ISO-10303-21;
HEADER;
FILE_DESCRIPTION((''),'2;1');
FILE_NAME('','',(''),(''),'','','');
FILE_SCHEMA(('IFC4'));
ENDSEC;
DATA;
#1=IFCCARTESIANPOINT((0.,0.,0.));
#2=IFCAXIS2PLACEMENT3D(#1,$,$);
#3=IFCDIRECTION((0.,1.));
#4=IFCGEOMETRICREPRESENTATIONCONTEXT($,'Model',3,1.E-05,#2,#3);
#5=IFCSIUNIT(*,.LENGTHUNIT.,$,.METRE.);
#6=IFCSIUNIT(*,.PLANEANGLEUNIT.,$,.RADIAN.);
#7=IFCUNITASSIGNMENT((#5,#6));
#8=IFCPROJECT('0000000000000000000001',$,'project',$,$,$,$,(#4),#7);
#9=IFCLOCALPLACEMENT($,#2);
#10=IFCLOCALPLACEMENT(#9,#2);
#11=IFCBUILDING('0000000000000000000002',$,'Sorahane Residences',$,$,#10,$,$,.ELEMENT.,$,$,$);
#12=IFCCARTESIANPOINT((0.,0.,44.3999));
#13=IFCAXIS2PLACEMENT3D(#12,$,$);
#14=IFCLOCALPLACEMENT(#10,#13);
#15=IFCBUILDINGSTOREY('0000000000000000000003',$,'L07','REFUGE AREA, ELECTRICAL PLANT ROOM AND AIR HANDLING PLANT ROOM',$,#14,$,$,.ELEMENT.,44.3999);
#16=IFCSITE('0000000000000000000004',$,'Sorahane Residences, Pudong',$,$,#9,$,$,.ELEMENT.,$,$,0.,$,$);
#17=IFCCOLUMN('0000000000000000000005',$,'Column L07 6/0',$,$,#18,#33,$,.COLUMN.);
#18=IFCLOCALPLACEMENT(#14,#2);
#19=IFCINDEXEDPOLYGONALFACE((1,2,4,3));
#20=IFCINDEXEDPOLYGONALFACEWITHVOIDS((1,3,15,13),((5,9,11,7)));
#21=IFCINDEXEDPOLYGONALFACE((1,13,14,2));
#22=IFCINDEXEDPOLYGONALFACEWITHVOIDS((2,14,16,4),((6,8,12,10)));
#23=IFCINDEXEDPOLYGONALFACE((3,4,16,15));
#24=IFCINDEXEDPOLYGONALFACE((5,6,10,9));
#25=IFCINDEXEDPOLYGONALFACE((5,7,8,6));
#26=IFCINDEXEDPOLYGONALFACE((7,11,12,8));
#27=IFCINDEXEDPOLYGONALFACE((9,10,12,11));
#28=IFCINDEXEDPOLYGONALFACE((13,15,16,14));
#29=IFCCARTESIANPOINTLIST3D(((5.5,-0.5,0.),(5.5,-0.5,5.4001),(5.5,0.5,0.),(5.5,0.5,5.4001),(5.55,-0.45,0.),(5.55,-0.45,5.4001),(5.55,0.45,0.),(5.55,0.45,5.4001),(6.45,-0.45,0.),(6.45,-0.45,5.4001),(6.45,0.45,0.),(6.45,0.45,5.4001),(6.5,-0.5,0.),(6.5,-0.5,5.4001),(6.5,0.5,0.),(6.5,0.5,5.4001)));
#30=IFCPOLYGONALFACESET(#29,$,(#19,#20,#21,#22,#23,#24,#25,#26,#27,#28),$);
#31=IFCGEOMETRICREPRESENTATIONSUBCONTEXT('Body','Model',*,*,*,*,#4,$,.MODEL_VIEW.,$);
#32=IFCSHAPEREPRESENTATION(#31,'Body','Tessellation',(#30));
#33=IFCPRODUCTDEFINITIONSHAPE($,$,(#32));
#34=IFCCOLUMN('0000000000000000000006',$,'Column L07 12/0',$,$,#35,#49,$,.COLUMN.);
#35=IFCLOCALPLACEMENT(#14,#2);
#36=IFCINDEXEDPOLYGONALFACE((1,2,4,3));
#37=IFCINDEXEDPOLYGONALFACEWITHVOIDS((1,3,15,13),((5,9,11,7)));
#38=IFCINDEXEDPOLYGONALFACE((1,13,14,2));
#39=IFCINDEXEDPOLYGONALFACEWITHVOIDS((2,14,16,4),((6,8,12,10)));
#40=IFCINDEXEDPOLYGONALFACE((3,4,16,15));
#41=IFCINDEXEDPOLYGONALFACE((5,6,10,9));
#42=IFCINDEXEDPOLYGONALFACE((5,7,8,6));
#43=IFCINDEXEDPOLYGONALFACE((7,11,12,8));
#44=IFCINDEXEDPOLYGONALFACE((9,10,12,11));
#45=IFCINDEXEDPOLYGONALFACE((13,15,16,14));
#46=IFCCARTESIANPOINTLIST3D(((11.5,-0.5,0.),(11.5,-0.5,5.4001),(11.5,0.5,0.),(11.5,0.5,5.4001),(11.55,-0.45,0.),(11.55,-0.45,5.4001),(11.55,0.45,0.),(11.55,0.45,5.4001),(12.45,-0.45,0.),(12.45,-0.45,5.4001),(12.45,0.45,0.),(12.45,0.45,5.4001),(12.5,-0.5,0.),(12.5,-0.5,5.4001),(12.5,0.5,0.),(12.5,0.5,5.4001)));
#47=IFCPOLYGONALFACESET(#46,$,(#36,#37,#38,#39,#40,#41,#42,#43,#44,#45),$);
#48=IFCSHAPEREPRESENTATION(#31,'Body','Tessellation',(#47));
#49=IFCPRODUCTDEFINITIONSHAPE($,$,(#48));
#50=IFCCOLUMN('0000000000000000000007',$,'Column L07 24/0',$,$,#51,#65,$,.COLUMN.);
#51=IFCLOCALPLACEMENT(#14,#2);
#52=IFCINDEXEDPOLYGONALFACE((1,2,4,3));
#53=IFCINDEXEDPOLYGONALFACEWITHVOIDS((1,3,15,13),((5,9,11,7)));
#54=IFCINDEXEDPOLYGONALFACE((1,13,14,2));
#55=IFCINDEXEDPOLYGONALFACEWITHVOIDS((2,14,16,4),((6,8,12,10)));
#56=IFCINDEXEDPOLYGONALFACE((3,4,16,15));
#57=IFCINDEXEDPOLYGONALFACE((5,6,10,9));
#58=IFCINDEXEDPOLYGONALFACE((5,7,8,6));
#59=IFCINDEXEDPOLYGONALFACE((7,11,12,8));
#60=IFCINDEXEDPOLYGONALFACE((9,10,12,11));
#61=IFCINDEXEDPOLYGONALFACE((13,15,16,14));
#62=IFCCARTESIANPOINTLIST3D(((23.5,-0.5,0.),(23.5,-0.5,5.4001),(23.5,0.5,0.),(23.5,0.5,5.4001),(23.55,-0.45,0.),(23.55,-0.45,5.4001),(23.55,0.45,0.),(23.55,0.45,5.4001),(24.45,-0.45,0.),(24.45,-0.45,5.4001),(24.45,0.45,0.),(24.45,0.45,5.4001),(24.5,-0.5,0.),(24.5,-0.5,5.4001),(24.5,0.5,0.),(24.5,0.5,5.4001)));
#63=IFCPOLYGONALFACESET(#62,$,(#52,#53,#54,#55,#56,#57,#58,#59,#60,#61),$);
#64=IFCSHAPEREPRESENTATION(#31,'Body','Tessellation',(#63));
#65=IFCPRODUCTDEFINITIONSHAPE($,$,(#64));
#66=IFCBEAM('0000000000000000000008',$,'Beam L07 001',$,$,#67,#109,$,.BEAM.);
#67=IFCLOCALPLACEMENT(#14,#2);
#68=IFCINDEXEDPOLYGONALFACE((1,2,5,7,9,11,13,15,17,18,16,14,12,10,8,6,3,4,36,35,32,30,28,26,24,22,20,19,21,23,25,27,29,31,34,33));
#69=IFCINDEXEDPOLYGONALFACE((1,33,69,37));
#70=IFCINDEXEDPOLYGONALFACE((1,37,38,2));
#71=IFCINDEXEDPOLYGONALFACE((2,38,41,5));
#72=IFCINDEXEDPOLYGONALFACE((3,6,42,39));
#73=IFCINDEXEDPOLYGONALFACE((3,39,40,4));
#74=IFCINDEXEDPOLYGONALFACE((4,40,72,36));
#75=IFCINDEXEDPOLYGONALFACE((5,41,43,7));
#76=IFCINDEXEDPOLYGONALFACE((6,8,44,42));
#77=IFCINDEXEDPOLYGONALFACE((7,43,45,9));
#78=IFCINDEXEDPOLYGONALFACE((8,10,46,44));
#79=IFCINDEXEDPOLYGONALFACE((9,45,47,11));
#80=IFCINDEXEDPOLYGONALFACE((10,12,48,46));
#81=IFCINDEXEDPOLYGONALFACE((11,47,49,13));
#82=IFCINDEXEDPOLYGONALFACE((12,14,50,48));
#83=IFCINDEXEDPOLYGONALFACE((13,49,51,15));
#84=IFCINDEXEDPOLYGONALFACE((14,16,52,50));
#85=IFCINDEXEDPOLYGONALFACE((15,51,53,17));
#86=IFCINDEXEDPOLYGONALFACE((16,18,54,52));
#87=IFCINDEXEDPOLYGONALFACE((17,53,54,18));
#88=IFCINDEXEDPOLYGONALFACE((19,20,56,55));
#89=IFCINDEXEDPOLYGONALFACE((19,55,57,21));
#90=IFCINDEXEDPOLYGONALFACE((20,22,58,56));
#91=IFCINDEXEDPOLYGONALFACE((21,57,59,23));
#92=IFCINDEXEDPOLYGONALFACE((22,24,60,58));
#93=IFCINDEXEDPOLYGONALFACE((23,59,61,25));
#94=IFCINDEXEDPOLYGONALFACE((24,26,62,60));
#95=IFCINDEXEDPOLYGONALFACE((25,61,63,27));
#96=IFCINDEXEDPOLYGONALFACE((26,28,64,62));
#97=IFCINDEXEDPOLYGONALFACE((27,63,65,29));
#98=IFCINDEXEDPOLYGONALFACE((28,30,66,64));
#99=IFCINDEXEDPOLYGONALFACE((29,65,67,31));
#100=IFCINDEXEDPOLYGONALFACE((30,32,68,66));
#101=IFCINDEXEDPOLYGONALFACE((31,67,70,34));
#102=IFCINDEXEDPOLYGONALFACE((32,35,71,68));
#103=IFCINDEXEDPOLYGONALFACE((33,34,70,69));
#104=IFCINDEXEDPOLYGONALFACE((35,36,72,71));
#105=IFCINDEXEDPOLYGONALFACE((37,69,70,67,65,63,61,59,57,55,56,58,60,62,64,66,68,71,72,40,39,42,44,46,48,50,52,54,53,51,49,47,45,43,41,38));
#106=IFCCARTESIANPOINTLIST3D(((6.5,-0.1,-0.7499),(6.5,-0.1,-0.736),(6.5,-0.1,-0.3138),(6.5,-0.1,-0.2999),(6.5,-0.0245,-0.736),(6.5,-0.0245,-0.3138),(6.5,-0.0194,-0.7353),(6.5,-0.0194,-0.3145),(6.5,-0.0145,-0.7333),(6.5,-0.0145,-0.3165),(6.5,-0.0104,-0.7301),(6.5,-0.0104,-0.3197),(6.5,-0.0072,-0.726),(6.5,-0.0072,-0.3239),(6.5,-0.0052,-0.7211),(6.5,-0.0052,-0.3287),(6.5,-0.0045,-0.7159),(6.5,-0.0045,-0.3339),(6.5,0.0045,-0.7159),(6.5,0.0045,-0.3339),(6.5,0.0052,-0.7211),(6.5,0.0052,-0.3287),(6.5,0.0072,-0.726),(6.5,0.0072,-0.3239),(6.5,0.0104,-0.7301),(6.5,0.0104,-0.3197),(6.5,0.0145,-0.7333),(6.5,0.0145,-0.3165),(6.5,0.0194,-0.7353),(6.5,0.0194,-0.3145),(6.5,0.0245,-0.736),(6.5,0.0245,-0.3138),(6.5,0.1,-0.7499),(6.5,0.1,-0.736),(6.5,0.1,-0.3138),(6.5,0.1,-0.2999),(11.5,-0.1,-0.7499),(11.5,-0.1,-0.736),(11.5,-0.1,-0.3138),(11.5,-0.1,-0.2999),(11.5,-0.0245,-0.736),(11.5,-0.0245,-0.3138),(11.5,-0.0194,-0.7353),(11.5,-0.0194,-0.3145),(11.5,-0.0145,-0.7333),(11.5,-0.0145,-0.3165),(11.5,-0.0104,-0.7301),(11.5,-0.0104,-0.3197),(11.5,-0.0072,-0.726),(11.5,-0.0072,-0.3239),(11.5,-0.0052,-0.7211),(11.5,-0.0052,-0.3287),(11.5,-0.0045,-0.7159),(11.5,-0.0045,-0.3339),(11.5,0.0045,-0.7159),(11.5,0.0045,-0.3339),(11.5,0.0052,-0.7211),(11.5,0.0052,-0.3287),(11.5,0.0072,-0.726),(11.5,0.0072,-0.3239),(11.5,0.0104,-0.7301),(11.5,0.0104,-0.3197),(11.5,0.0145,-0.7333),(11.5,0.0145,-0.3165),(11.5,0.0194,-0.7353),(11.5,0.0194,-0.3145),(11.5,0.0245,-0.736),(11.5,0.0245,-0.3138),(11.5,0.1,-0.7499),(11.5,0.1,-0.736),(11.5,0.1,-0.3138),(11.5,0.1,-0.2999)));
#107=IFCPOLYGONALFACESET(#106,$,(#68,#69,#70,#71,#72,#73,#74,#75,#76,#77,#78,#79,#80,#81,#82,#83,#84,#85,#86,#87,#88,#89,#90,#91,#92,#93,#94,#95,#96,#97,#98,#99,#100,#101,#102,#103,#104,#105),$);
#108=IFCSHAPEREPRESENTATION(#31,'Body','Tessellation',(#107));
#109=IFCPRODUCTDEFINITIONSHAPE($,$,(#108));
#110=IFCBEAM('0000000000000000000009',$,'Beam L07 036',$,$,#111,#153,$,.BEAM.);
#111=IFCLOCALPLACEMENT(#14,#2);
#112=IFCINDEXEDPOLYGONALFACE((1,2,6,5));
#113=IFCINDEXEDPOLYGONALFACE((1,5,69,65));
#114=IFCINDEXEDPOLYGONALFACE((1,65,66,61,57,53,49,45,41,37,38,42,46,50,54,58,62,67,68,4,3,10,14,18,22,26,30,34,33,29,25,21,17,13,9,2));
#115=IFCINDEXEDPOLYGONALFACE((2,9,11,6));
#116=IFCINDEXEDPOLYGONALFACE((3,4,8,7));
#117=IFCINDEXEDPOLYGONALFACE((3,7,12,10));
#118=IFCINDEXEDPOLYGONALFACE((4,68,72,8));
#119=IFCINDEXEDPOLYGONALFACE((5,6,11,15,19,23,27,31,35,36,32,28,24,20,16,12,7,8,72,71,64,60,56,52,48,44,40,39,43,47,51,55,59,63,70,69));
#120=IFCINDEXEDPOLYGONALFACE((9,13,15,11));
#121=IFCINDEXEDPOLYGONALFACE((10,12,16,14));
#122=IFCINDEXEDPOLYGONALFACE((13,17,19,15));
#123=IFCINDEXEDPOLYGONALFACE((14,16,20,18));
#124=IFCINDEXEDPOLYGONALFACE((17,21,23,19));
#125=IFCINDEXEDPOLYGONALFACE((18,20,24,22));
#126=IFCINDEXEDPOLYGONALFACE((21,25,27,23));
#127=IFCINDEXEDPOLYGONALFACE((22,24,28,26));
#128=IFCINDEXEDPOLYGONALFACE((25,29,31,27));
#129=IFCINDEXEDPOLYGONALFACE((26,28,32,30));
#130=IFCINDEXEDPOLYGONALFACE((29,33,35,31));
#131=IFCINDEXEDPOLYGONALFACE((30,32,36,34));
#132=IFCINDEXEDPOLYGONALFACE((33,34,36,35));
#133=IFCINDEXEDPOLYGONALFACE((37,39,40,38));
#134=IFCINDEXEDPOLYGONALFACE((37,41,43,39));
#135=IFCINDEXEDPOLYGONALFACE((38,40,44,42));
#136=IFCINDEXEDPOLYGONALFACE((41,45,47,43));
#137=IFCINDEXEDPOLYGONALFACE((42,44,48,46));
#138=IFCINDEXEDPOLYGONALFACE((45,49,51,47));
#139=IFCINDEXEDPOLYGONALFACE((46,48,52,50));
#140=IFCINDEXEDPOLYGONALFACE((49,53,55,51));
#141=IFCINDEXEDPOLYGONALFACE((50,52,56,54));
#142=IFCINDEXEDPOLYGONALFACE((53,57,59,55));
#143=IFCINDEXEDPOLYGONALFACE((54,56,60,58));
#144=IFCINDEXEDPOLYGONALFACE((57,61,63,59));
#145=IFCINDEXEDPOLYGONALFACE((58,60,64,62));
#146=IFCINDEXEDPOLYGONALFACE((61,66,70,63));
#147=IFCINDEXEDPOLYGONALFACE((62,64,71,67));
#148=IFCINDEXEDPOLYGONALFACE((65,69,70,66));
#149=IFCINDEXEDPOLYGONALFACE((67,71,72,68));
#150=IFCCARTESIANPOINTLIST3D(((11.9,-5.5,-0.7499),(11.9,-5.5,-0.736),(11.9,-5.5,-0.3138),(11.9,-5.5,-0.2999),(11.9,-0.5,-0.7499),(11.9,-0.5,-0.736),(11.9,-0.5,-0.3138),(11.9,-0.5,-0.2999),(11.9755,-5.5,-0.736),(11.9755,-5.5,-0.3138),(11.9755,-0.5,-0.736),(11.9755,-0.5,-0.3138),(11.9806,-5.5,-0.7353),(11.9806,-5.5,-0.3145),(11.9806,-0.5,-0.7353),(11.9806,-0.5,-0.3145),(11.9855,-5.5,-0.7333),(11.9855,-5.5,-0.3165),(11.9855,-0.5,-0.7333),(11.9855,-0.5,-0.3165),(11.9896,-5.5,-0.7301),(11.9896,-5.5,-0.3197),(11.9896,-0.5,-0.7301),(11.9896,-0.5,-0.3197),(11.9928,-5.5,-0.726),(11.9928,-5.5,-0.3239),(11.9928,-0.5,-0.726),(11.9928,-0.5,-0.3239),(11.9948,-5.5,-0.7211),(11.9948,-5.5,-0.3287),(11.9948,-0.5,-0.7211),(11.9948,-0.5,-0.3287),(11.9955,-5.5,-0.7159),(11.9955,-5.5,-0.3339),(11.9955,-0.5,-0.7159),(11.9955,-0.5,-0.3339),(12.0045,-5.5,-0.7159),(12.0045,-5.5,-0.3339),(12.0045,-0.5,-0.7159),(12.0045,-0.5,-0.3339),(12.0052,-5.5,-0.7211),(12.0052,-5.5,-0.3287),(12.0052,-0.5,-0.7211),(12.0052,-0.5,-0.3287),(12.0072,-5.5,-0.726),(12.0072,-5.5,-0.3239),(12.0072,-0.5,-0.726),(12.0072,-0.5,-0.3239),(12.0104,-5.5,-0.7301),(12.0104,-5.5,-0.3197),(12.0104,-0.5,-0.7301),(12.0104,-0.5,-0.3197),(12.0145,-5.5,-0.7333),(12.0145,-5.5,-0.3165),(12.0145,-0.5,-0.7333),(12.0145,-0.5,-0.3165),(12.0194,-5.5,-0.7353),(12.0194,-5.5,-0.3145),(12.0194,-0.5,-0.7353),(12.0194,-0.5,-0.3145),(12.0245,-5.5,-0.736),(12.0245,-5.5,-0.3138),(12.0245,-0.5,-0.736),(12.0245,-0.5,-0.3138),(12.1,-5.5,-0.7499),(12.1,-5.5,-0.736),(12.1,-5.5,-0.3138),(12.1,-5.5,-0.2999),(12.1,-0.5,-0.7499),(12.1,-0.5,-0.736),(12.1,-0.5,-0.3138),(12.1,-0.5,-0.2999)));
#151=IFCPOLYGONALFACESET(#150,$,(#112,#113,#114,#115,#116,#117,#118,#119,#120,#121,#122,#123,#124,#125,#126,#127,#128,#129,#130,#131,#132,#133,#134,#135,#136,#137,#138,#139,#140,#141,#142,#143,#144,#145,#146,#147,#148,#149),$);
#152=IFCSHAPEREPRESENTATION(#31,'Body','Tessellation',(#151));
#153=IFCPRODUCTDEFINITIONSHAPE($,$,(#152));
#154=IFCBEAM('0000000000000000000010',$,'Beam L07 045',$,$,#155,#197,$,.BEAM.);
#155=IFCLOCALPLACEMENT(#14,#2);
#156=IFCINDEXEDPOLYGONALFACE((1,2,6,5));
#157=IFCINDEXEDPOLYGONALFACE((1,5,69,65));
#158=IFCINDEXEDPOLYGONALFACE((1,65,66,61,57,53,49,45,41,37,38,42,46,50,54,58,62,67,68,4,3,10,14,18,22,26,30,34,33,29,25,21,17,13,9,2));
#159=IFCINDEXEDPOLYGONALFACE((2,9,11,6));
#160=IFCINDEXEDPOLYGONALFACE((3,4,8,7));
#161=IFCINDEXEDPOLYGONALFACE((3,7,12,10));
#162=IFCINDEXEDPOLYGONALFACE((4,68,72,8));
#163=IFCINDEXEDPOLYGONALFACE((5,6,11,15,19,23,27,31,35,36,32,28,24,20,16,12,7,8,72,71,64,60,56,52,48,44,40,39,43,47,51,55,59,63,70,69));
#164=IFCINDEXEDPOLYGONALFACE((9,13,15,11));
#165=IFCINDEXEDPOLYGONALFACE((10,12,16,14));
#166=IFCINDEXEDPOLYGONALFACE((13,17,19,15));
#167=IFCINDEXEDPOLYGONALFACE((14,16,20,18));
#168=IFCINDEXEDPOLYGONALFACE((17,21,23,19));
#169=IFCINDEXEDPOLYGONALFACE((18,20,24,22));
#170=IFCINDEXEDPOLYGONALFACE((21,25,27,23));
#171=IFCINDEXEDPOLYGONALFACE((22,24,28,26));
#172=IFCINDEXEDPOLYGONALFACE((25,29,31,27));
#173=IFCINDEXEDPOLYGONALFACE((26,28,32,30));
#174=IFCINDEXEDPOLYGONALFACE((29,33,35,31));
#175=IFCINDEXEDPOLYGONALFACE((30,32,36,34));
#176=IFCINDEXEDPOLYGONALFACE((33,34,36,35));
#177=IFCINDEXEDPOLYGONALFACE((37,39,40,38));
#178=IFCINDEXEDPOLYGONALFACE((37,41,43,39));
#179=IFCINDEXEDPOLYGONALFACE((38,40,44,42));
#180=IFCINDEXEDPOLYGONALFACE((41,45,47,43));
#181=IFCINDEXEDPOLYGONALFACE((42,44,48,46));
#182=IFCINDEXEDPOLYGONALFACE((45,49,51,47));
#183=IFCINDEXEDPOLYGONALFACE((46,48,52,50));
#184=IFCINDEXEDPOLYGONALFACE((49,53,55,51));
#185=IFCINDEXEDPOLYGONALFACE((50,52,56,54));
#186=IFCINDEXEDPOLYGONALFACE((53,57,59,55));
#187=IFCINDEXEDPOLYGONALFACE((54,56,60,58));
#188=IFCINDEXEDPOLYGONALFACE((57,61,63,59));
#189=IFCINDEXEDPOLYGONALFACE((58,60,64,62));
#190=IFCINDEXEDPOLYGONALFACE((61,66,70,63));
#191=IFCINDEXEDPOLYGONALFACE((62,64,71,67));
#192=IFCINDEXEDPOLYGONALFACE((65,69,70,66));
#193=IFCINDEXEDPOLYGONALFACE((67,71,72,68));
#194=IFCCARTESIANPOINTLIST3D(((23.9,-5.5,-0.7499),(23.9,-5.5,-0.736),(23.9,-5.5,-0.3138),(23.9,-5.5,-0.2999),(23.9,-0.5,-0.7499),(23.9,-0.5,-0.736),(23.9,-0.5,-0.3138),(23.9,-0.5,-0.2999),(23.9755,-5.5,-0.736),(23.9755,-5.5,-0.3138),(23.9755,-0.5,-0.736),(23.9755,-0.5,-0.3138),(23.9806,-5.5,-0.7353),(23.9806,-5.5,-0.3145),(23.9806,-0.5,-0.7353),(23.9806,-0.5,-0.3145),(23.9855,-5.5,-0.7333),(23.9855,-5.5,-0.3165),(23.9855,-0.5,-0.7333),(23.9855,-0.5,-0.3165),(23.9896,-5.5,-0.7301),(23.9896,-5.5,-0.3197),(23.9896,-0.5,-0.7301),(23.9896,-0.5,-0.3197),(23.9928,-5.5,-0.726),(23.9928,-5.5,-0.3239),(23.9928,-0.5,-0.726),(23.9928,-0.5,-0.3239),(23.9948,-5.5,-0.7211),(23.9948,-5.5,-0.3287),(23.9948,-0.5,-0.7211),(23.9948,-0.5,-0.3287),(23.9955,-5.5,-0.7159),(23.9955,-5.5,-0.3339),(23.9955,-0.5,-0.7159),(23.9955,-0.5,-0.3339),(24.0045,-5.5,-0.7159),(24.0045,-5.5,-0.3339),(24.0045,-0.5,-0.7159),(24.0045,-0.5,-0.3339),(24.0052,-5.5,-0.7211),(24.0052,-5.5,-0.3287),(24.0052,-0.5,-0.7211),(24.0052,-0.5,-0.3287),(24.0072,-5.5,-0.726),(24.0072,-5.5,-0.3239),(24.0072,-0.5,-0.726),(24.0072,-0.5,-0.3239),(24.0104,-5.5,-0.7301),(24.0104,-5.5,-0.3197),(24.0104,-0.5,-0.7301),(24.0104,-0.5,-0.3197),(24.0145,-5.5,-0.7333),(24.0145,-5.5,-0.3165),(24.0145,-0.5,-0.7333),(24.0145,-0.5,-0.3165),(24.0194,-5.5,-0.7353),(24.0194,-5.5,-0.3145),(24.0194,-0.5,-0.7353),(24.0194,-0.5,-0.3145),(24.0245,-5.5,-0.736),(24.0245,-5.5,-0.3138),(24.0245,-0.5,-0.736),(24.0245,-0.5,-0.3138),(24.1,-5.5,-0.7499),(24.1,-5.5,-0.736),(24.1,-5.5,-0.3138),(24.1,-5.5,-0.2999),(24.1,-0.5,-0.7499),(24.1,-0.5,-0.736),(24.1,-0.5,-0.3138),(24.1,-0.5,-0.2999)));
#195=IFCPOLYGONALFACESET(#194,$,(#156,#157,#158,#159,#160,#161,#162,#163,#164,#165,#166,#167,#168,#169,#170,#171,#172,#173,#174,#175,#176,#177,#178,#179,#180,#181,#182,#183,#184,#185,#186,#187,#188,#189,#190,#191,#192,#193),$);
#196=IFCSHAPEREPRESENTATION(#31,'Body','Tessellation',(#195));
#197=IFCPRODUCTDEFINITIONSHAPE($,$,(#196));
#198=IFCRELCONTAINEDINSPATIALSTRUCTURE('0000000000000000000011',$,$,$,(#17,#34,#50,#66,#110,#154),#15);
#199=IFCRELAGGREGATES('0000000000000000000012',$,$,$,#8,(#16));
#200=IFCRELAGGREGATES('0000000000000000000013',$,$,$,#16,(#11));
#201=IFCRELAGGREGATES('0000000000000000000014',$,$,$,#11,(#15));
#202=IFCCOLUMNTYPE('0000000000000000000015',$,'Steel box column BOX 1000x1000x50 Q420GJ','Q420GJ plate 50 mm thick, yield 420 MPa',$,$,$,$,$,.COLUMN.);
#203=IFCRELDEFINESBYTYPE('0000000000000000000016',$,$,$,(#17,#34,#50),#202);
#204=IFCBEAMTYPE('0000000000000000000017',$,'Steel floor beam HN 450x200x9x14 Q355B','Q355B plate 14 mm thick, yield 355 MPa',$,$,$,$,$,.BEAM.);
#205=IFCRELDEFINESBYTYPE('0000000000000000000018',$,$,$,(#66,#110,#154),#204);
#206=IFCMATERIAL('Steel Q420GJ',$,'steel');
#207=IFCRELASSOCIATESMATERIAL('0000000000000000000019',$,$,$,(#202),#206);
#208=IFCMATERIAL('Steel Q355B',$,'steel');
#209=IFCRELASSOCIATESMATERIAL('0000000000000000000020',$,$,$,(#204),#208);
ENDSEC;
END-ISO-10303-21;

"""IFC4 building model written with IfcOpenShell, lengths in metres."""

from ifc_helpers import new_model, si_unit, direction, frame, origin, origin_2d, place, context, subcontext, project, spatial, hollow_rectangle, i_section, extrude, material, material_profile, profile_set, type_object, element, save


model = new_model("IFC4")

# Units and contexts
model_context = context("Model", 3, precision=1e-05, world=origin(), true_north=direction((0.0, 1.0)))
body_context = subcontext(model_context, "Body", "Model", "MODEL_VIEW")
ifc_project = project(units=[si_unit("LENGTHUNIT", "METRE"), si_unit("PLANEANGLEUNIT", "RADIAN")], contexts=[model_context])

# Site, building, storey
site_placement = place(None, origin())
site = spatial("IfcSite", under=ifc_project, at=site_placement, Name="Sorahane Residences, Pudong", CompositionType="ELEMENT", RefElevation=0.0)
building_placement = place(site_placement, origin())
building = spatial("IfcBuilding", under=site, at=building_placement, Name="Sorahane Residences", CompositionType="ELEMENT")
storey_placement = place(building_placement, frame((0.0, 0.0, 44.3999)))
storey = spatial("IfcBuildingStorey", under=building, at=storey_placement, Name="L07", Description="REFUGE AREA, ELECTRICAL PLANT ROOM AND AIR HANDLING PLANT ROOM", CompositionType="ELEMENT", Elevation=44.3999)

# Columns
ifc_material_1 = material(Name="Steel Q420GJ", Category="steel")
ifc_material_profile_1 = material_profile(ifc_material_1, hollow_rectangle(XDim=1.0, YDim=1.0, WallThickness=0.05, at=origin_2d()), Name="BOX 1000x1000x50")
ifc_profile_set_1 = profile_set([ifc_material_profile_1], Name="Steel Q420GJ")
column_type = type_object("IfcColumnType", Name="Steel box column BOX 1000x1000x50 Q420GJ", Description="Q420GJ plate 50 mm thick, yield 420 MPa", PredefinedType="COLUMN", material=ifc_profile_set_1)
for number, where, z_axis, x_axis, name in (
    (1, (6.0, 0.0, 0.0), (0.0, 0.0, 1.0), (1.0, 0.0, 0.0), "Column L07 6/0"),
    (2, (12.0, 0.0, 0.0), (0.0, 0.0, 1.0), (1.0, 0.0, 0.0), "Column L07 12/0"),
    (3, (24.0, 0.0, 0.0), (0.0, 0.0, 1.0), (1.0, 0.0, 0.0), "Column L07 24/0"),
):
    element("IfcColumn", number, at=place(storey_placement, frame(where, z_axis=z_axis, x_axis=x_axis)), inside=storey, type_object=column_type, Name=name, PredefinedType="COLUMN", context=body_context, shape_type="SweptSolid", body=[
        extrude(hollow_rectangle(XDim=1.0, YDim=1.0, WallThickness=0.05, at=origin_2d()), origin(), (0.0, 0.0, 1.0), 5.4001),
    ])

# Beams
ifc_material_2 = material(Name="Steel Q355B", Category="steel")
ifc_material_profile_2 = material_profile(ifc_material_2, i_section(OverallWidth=0.2, OverallDepth=0.45, WebThickness=0.009, FlangeThickness=0.0139, FilletRadius=0.02, at=origin_2d()), Name="HN 450x200x9x14")
ifc_profile_set_2 = profile_set([ifc_material_profile_2], Name="Steel Q355B")
beam_type_1 = type_object("IfcBeamType", Name="Steel floor beam HN 450x200x9x14 Q355B", Description="Q355B plate 14 mm thick, yield 355 MPa", PredefinedType="BEAM", material=ifc_profile_set_2)
for number, where, z_axis, x_axis, name in (
    (4, (6.5, 0.0, -0.5249), (1.0, 0.0, 0.0), (0.0, 1.0, 0.0), "Beam L07 001"),
    (5, (12.0, -5.5, -0.5249), (0.0, 1.0, 0.0), (-1.0, 0.0, 0.0), "Beam L07 036"),
    (6, (24.0, -5.5, -0.5249), (0.0, 1.0, 0.0), (-1.0, 0.0, 0.0), "Beam L07 045"),
):
    element("IfcBeam", number, at=place(storey_placement, frame(where, z_axis=z_axis, x_axis=x_axis)), inside=storey, type_object=beam_type_1, Name=name, PredefinedType="BEAM", context=body_context, shape_type="SweptSolid", body=[
        extrude(i_section(OverallWidth=0.2, OverallDepth=0.45, WebThickness=0.009, FlangeThickness=0.0139, FilletRadius=0.02, at=origin_2d()), origin(), (0.0, 0.0, 1.0), 5.0),
    ])

save(model, "model.ifc")
